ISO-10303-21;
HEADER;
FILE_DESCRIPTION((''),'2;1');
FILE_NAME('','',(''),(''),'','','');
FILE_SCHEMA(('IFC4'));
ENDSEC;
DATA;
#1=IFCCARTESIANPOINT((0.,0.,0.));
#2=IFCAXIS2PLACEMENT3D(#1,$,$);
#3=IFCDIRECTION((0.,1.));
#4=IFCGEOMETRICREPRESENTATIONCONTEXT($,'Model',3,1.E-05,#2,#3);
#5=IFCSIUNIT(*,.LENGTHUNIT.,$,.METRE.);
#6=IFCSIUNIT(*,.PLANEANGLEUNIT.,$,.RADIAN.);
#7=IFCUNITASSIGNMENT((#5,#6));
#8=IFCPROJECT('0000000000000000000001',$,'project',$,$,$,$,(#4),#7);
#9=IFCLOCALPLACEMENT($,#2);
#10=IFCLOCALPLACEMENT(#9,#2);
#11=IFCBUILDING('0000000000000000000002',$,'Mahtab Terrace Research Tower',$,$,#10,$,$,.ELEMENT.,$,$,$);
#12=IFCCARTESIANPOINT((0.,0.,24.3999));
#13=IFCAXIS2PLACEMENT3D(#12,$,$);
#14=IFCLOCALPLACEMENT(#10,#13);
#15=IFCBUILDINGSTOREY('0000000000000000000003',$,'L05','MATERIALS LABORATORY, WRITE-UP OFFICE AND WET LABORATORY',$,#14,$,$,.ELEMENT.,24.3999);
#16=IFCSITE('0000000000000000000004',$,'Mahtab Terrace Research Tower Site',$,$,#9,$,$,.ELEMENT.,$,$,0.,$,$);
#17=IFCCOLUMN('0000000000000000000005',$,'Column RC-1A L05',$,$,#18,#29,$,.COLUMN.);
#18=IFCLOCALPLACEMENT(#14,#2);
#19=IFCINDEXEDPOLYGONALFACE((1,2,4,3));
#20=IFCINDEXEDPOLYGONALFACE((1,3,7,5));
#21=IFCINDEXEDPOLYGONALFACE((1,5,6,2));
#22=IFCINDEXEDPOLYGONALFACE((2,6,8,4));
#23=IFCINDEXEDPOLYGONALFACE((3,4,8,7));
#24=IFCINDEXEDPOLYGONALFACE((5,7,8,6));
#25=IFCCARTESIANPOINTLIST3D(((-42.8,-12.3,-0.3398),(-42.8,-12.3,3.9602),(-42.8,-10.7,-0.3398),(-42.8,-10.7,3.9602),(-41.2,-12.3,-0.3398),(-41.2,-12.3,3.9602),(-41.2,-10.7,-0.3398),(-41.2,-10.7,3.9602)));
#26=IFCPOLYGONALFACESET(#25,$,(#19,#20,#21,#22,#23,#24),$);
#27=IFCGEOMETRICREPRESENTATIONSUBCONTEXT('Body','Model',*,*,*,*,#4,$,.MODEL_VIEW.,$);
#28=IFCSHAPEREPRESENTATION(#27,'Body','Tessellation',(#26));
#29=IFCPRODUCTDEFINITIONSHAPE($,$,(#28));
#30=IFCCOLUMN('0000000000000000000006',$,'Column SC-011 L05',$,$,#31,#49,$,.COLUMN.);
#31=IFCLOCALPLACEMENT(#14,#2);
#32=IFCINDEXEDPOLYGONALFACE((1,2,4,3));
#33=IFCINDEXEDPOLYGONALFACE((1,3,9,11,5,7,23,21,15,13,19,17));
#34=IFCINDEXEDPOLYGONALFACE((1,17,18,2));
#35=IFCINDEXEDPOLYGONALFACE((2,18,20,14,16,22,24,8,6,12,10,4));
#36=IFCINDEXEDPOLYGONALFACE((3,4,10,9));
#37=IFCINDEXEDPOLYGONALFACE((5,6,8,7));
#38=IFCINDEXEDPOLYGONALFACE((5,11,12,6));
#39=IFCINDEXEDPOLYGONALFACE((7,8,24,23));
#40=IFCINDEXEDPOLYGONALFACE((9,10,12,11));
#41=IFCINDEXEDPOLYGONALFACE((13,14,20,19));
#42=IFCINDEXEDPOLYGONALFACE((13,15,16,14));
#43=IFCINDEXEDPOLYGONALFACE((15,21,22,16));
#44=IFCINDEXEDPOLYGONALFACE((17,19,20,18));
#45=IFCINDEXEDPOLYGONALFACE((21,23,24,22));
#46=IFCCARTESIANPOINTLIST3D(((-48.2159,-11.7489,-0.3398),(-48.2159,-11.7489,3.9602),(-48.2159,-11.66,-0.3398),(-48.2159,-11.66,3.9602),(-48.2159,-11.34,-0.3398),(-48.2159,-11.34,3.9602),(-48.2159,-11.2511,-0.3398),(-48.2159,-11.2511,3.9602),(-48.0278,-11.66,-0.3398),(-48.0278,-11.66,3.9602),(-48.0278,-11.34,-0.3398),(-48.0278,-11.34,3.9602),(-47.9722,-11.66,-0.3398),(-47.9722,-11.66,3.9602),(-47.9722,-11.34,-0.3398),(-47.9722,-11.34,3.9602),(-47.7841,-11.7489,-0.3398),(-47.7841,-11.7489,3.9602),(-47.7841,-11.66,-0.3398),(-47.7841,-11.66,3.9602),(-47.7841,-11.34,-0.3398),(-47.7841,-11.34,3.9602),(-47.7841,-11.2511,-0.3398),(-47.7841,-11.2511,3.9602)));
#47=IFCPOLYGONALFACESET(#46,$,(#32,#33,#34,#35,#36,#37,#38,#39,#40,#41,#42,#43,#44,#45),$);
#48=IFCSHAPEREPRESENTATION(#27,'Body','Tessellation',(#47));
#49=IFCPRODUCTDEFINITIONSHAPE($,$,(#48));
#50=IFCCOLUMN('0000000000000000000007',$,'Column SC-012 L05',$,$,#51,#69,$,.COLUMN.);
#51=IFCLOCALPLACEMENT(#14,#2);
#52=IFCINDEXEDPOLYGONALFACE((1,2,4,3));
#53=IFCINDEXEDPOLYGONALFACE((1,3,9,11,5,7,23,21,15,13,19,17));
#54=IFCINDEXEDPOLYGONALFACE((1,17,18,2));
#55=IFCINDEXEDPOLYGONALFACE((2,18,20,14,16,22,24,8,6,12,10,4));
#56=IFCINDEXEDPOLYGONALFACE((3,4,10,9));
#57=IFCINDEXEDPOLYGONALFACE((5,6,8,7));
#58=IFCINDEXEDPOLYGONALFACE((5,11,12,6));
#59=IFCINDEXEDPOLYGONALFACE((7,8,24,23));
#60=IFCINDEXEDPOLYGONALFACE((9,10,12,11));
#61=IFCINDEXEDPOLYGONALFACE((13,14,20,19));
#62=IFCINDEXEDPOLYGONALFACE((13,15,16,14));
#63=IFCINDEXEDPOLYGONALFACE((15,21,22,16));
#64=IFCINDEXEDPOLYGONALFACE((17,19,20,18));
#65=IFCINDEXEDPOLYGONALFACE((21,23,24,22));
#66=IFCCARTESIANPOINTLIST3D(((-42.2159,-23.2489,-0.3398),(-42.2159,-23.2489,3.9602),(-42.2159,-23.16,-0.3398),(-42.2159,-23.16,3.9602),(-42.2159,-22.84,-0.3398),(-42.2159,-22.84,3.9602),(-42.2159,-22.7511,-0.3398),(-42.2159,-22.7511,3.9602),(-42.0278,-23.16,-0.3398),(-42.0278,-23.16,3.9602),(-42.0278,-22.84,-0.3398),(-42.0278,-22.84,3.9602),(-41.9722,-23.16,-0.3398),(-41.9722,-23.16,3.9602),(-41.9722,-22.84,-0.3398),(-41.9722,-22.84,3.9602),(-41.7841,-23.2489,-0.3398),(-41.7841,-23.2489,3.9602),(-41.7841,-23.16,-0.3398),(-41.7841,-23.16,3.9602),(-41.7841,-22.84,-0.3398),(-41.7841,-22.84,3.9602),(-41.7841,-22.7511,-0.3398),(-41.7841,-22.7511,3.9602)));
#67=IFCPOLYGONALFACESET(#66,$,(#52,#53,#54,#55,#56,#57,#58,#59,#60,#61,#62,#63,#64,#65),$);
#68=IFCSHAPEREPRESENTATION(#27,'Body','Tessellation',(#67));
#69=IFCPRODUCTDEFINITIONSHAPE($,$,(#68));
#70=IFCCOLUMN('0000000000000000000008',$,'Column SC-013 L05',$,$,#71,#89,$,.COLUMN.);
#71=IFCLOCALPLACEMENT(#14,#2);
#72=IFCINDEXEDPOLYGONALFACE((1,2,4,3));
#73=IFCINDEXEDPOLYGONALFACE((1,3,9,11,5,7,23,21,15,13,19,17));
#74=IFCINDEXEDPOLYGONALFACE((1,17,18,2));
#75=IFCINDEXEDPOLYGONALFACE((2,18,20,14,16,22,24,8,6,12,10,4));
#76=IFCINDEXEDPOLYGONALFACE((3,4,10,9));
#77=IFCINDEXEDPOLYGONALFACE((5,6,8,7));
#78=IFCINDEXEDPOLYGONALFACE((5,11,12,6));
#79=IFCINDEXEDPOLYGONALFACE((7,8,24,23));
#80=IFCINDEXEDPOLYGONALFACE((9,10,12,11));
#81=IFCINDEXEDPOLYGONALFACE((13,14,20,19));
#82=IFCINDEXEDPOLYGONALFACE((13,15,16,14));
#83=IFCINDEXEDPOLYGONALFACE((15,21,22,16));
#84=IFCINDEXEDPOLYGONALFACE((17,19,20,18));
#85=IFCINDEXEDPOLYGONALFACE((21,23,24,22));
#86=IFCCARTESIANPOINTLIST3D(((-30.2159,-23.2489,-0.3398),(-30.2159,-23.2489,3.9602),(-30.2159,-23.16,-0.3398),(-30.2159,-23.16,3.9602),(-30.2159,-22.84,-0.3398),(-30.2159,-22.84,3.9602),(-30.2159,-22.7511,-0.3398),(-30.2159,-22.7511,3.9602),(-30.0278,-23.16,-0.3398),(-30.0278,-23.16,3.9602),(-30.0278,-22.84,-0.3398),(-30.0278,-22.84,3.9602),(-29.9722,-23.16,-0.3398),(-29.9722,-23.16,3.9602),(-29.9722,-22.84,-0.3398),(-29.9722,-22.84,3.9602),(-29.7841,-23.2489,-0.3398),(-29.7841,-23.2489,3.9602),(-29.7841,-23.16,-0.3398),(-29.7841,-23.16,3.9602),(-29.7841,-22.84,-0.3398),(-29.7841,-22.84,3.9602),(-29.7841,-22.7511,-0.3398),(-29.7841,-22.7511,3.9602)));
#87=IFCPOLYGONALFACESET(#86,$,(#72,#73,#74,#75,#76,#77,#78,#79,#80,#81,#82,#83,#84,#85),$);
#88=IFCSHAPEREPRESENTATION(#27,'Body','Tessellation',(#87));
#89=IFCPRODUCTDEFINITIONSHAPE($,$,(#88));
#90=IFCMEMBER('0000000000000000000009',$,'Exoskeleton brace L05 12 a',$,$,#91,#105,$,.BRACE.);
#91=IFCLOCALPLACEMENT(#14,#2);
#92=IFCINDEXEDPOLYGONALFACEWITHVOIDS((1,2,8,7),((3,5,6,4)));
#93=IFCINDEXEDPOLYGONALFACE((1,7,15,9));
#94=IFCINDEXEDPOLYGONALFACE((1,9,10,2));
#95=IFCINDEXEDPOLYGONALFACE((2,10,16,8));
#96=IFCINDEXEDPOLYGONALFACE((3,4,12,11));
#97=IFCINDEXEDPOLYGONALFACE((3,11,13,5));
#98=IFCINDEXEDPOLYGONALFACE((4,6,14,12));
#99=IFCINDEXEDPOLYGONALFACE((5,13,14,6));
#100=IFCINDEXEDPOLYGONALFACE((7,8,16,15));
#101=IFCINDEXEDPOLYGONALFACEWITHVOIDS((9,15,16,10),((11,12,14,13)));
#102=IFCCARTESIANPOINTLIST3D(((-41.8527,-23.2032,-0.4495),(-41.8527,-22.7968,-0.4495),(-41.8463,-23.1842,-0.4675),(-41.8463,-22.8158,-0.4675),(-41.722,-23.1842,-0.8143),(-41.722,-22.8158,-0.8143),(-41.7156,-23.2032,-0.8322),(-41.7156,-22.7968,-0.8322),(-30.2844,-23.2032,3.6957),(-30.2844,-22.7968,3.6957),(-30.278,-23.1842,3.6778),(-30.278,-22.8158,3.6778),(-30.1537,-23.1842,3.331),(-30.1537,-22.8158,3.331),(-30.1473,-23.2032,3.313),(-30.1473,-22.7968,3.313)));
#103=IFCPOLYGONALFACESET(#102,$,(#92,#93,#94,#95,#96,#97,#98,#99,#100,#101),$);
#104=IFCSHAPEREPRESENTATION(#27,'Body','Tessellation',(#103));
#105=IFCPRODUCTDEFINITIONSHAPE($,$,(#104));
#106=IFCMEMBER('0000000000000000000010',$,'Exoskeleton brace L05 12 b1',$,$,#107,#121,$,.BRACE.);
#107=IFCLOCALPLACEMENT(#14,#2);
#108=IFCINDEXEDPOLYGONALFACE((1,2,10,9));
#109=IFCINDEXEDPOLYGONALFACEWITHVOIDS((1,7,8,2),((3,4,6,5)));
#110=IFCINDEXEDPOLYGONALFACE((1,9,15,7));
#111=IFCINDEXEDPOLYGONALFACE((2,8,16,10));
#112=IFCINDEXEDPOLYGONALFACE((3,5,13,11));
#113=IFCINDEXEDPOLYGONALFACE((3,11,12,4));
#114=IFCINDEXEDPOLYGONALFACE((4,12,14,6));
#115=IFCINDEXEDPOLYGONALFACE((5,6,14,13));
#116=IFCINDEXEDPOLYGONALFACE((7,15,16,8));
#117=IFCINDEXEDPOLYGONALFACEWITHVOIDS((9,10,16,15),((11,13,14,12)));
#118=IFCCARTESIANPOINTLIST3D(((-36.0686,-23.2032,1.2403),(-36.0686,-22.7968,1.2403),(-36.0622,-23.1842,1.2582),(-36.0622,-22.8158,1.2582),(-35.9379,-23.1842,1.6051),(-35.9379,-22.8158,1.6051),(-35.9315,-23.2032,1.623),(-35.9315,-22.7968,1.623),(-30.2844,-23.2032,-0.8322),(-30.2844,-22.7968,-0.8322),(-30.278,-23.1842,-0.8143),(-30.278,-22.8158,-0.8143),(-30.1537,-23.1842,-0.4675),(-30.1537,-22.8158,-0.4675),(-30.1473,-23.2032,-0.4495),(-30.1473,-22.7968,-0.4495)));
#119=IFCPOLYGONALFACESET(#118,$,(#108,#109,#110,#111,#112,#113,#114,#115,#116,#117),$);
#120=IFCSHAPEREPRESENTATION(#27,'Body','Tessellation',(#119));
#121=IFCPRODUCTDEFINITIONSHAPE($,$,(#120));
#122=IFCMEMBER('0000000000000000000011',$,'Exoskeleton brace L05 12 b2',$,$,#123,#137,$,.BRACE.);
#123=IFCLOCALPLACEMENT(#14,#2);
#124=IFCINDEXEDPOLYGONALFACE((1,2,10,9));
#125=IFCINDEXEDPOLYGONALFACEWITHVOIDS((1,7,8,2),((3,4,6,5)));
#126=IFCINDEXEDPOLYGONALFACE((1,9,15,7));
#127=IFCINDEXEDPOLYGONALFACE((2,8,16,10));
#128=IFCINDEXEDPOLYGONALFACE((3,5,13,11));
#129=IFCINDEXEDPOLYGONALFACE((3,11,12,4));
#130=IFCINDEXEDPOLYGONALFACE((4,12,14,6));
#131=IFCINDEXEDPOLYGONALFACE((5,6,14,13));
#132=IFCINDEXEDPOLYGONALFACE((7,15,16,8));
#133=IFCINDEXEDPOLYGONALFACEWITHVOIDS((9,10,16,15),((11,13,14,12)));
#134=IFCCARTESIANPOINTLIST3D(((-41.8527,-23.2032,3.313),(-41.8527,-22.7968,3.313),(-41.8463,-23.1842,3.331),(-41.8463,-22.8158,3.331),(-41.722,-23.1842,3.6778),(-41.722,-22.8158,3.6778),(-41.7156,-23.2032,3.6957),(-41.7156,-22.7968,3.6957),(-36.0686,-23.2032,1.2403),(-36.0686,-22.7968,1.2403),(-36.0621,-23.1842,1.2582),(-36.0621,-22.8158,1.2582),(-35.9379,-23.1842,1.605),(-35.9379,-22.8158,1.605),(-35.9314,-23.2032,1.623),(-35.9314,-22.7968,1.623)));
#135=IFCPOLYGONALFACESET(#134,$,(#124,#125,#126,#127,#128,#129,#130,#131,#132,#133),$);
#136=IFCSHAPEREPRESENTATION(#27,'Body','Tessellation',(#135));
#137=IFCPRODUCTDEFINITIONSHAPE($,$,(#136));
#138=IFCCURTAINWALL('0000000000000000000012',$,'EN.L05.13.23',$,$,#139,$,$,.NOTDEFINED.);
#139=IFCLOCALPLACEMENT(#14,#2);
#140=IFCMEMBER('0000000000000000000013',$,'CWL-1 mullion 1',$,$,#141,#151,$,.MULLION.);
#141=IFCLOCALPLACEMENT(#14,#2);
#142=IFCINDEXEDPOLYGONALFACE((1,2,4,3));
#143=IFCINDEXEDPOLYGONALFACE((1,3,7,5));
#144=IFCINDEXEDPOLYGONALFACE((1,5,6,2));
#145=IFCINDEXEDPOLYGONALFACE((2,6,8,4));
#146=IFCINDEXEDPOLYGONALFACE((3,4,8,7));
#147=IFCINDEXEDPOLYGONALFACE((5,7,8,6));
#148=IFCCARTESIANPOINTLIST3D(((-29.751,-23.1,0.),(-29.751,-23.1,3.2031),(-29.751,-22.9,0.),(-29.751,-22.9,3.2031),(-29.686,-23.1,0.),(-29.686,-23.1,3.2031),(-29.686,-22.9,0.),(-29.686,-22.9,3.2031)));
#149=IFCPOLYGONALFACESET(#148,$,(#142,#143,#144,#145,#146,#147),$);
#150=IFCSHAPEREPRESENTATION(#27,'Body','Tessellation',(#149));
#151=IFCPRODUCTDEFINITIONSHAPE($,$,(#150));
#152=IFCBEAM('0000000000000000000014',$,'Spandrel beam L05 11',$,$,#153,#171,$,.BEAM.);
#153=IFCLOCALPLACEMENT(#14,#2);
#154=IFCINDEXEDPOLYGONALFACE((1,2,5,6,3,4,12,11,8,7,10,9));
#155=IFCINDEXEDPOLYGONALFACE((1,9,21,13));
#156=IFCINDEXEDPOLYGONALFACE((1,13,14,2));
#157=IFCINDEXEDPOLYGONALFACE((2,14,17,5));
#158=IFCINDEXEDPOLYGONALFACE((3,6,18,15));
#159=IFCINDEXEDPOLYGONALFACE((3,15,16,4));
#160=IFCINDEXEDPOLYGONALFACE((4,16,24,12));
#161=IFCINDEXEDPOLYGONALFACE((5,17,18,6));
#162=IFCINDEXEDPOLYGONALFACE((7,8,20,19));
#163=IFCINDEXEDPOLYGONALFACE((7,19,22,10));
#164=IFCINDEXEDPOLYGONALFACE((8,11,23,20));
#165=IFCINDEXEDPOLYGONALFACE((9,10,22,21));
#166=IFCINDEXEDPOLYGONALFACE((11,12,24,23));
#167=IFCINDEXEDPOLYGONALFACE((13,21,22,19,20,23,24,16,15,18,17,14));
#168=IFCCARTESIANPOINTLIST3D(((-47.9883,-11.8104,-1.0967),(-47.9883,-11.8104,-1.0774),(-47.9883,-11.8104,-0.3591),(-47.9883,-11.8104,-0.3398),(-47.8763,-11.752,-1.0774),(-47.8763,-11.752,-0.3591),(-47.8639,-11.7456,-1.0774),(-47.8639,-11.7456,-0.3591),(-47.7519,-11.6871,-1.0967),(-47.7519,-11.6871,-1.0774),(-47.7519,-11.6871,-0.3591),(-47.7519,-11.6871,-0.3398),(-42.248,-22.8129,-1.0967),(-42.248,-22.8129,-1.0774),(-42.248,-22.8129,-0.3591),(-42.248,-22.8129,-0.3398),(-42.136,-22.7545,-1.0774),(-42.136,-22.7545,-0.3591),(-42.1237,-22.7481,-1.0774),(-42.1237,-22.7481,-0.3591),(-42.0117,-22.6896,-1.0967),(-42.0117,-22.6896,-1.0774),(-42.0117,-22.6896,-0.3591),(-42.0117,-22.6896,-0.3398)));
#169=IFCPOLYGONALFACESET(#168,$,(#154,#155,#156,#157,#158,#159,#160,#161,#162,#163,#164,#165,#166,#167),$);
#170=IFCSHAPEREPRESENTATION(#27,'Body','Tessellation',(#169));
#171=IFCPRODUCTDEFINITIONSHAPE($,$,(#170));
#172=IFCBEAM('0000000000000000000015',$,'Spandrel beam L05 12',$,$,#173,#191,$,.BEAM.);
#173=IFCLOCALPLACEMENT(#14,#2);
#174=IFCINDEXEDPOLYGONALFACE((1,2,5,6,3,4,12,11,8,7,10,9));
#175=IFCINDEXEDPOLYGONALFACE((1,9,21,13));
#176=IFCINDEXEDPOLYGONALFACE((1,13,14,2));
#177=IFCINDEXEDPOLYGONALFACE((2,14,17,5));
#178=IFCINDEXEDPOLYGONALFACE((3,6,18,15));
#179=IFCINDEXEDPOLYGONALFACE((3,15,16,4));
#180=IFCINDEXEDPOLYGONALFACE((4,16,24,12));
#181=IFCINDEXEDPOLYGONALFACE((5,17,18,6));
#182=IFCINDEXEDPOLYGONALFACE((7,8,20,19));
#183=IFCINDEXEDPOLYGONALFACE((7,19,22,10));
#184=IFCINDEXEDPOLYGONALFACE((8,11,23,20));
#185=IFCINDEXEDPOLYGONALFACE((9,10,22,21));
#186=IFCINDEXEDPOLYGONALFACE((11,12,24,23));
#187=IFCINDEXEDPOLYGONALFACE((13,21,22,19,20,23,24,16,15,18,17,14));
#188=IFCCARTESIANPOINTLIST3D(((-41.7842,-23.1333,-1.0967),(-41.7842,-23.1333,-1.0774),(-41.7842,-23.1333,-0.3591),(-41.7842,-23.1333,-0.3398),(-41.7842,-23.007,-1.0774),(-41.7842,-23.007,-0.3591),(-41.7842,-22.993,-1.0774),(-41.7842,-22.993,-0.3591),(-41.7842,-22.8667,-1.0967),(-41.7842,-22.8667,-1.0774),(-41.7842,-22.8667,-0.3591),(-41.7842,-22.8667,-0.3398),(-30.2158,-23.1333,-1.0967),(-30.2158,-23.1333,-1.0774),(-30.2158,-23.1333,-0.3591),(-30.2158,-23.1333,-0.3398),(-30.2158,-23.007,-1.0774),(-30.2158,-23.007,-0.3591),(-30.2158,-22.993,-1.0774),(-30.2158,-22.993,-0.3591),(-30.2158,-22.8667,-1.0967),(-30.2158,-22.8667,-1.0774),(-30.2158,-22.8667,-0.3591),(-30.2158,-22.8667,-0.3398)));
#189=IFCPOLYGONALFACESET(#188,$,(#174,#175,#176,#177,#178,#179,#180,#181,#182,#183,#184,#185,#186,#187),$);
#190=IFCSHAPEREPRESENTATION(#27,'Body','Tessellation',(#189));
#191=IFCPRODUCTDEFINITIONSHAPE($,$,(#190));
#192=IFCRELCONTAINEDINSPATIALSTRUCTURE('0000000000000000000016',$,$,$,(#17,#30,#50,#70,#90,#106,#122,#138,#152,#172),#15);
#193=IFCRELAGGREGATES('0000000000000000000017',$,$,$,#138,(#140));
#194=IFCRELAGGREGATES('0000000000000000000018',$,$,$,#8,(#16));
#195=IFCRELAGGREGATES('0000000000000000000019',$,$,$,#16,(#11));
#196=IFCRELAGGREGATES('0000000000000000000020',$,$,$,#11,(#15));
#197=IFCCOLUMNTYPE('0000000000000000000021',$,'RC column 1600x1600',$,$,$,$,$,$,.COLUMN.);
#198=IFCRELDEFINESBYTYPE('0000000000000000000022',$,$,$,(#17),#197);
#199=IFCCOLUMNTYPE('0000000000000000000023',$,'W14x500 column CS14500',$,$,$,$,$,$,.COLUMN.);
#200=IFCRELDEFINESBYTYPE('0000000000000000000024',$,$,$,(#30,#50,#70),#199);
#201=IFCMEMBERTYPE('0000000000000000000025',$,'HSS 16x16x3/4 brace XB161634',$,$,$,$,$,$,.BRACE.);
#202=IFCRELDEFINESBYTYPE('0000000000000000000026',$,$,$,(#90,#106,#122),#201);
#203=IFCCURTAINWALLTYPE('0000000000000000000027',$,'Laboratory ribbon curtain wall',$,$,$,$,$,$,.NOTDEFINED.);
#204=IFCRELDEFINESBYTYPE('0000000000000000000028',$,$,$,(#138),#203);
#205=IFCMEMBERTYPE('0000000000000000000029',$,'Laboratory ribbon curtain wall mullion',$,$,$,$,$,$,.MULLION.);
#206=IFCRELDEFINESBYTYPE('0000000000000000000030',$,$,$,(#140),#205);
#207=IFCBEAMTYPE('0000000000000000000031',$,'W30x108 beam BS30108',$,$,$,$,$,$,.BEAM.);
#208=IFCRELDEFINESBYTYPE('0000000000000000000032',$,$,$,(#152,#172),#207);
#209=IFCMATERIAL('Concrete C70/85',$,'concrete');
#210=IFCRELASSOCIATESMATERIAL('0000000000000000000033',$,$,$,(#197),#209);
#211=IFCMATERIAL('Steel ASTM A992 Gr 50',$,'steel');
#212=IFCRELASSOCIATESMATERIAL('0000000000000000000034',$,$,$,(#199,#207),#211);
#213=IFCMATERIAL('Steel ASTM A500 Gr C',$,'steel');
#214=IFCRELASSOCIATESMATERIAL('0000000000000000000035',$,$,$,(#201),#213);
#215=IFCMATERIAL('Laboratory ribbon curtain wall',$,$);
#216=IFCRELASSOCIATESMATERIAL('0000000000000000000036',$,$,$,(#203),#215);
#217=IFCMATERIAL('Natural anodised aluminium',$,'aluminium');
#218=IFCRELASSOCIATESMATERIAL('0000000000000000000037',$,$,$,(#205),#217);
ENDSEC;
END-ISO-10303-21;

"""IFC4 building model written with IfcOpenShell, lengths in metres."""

from ifc_helpers import new_model, si_unit, direction, frame, origin, origin_2d, place, context, subcontext, project, spatial, rectangle, hollow_rectangle, i_section, extrude, material, material_profile, profile_set, type_object, element, aggregate, save


model = new_model("IFC4")

# Units and contexts
model_context = context("Model", 3, precision=1e-05, world=origin(), true_north=direction((0.0, 1.0)))
body_context = subcontext(model_context, "Body", "Model", "MODEL_VIEW")
ifc_project = project(units=[si_unit("LENGTHUNIT", "METRE"), si_unit("PLANEANGLEUNIT", "RADIAN")], contexts=[model_context])

# Site, building, storey
site_placement = place(None, origin())
site = spatial("IfcSite", under=ifc_project, at=site_placement, Name="Mahtab Terrace Research Tower Site", CompositionType="ELEMENT", RefElevation=0.0)
building_placement = place(site_placement, origin())
building = spatial("IfcBuilding", under=site, at=building_placement, Name="Mahtab Terrace Research Tower", CompositionType="ELEMENT")
storey_placement = place(building_placement, frame((0.0, 0.0, 24.3999)))
storey = spatial("IfcBuildingStorey", under=building, at=storey_placement, Name="L05", Description="MATERIALS LABORATORY, WRITE-UP OFFICE AND WET LABORATORY", CompositionType="ELEMENT", Elevation=24.3999)

# Columns
ifc_material_1 = material(Name="Concrete C70/85", Category="concrete")
ifc_material_profile_1 = material_profile(ifc_material_1, rectangle(XDim=1.6001, YDim=1.6001, at=origin_2d()), Name="RC column 1600x1600")
ifc_profile_set_1 = profile_set([ifc_material_profile_1], Name="Concrete C70/85")
column_type_1 = type_object("IfcColumnType", Name="RC column 1600x1600", PredefinedType="COLUMN", material=ifc_profile_set_1)
column_placement = place(storey_placement, frame((-42.0, -11.5, -0.3398), z_axis=(0.0, 0.0, 1.0), x_axis=(1.0, 0.0, 0.0)))
element("IfcColumn", 1, at=column_placement, inside=storey, type_object=column_type_1, Name="Column RC-1A L05", PredefinedType="COLUMN", context=body_context, shape_type="SweptSolid", body=[
    extrude(rectangle(XDim=1.6001, YDim=1.6001, at=origin_2d()), origin(), (0.0, 0.0, 1.0), 4.3),
])
ifc_material_2 = material(Name="Steel ASTM A992 Gr 50", Category="steel")
ifc_material_profile_2 = material_profile(ifc_material_2, i_section(OverallWidth=0.4319, OverallDepth=0.4978, WebThickness=0.0557, FlangeThickness=0.0889, at=origin_2d()), Name="W14X500")
ifc_profile_set_2 = profile_set([ifc_material_profile_2], Name="Steel ASTM A992 Gr 50")
column_type_2 = type_object("IfcColumnType", Name="W14x500 column CS14500", PredefinedType="COLUMN", material=ifc_profile_set_2)
for number, where, z_axis, x_axis, name in (
    (2, (-48.0, -11.5, -0.3398), (0.0, 0.0, 1.0), (1.0, 0.0, 0.0), "Column SC-011 L05"),
    (3, (-42.0, -23.0, -0.3398), (0.0, 0.0, 1.0), (1.0, 0.0, 0.0), "Column SC-012 L05"),
    (4, (-30.0, -23.0, -0.3398), (0.0, 0.0, 1.0), (1.0, 0.0, 0.0), "Column SC-013 L05"),
):
    element("IfcColumn", number, at=place(storey_placement, frame(where, z_axis=z_axis, x_axis=x_axis)), inside=storey, type_object=column_type_2, Name=name, PredefinedType="COLUMN", context=body_context, shape_type="SweptSolid", body=[
        extrude(i_section(OverallWidth=0.4319, OverallDepth=0.4978, WebThickness=0.0557, FlangeThickness=0.0889, at=origin_2d()), origin(), (0.0, 0.0, 1.0), 4.3),
    ])

# Members
ifc_material_3 = material(Name="Steel ASTM A500 Gr C", Category="steel")
ifc_material_profile_3 = material_profile(ifc_material_3, hollow_rectangle(XDim=0.4065, YDim=0.4065, WallThickness=0.019, at=origin_2d()), Name="HSS16X16X3/4")
ifc_profile_set_3 = profile_set([ifc_material_profile_3], Name="Steel ASTM A500 Gr C")
member_type_1 = type_object("IfcMemberType", Name="HSS 16x16x3/4 brace XB161634", PredefinedType="BRACE", material=ifc_profile_set_3)
member_1_placement = place(storey_placement, frame((-41.7842, -23.0, -0.6409), z_axis=(0.941388, 0.0, 0.337325), x_axis=(0.0, 1.0, 0.0)))
element("IfcMember", 5, at=member_1_placement, inside=storey, type_object=member_type_1, Name="Exoskeleton brace L05 12 a", PredefinedType="BRACE", context=body_context, shape_type="SweptSolid", body=[
    extrude(hollow_rectangle(XDim=0.4065, YDim=0.4065, WallThickness=0.019, at=origin_2d()), origin(), (0.0, 0.0, 1.0), 12.2886),
])
for number, where, z_axis, x_axis, name in (
    (6, (-30.2158, -23.0, -0.6409), (-0.941394, 0.0, 0.337308), (0.0, -1.0, 0.0), "Exoskeleton brace L05 12 b1"),
    (7, (-36.0, -23.0, 1.4316), (-0.941382, 0.0, 0.337343), (0.0, -1.0, 0.0), "Exoskeleton brace L05 12 b2"),
):
    element("IfcMember", number, at=place(storey_placement, frame(where, z_axis=z_axis, x_axis=x_axis)), inside=storey, type_object=member_type_1, Name=name, PredefinedType="BRACE", context=body_context, shape_type="SweptSolid", body=[
        extrude(hollow_rectangle(XDim=0.4065, YDim=0.4065, WallThickness=0.019, at=origin_2d()), origin(), (0.0, 0.0, 1.0), 6.1443),
    ])

# Curtain wall, member
ifc_material_4 = material(Name="Laboratory ribbon curtain wall")
curtain_wall_type = type_object("IfcCurtainWallType", Name="Laboratory ribbon curtain wall", PredefinedType="NOTDEFINED", material=ifc_material_4)
curtain_wall_placement = place(storey_placement, origin())
curtain_wall = element("IfcCurtainWall", 8, at=curtain_wall_placement, inside=storey, type_object=curtain_wall_type, Name="EN.L05.13.23", PredefinedType="NOTDEFINED")
ifc_material_5 = material(Name="Natural anodised aluminium", Category="aluminium")
ifc_material_profile_4 = material_profile(ifc_material_5, rectangle(XDim=0.2, YDim=0.0649, at=origin_2d()), Name="MULLION 65x200")
ifc_profile_set_4 = profile_set([ifc_material_profile_4], Name="Natural anodised aluminium")
member_type_2 = type_object("IfcMemberType", Name="Laboratory ribbon curtain wall mullion", PredefinedType="MULLION", material=ifc_profile_set_4)
member_2_placement = place(storey_placement, frame((-29.7185, -23.0, 0.0), z_axis=(0.0, 0.0, 1.0), x_axis=(0.0, 1.0, 0.0)))
member_2 = element("IfcMember", 9, at=member_2_placement, type_object=member_type_2, Name="CWL-1 mullion 1", PredefinedType="MULLION", context=body_context, shape_type="SweptSolid", body=[
    extrude(rectangle(XDim=0.2, YDim=0.0649, at=origin_2d()), origin(), (0.0, 0.0, 1.0), 3.2031),
])
aggregate(curtain_wall, [member_2])

# Beams
ifc_material_profile_5 = material_profile(ifc_material_2, i_section(OverallWidth=0.2666, OverallDepth=0.7568, WebThickness=0.0139, FlangeThickness=0.0193, at=origin_2d()), Name="W30X108")
ifc_profile_set_5 = profile_set([ifc_material_profile_5], Name="Steel ASTM A992 Gr 50")
beam_type = type_object("IfcBeamType", Name="W30x108 beam BS30108", PredefinedType="BEAM", material=ifc_profile_set_5)
beam_placement = place(storey_placement, frame((-47.8701, -11.7488, -0.7183), z_axis=(0.462555, -0.88659, 0.0), x_axis=(0.88659, 0.462555, 0.0)))
element("IfcBeam", 10, at=beam_placement, inside=storey, type_object=beam_type, Name="Spandrel beam L05 11", PredefinedType="BEAM", context=body_context, shape_type="SweptSolid", body=[
    extrude(i_section(OverallWidth=0.2666, OverallDepth=0.7568, WebThickness=0.0139, FlangeThickness=0.0193, at=origin_2d()), origin(), (0.0, 0.0, 1.0), 12.4099),
])
for number, where, z_axis, x_axis, name in (
    (11, (-41.7842, -23.0, -0.7183), (1.0, 0.0, 0.0), (0.0, 1.0, 0.0), "Spandrel beam L05 12"),
):
    element("IfcBeam", number, at=place(storey_placement, frame(where, z_axis=z_axis, x_axis=x_axis)), inside=storey, type_object=beam_type, Name=name, PredefinedType="BEAM", context=body_context, shape_type="SweptSolid", body=[
        extrude(i_section(OverallWidth=0.2666, OverallDepth=0.7568, WebThickness=0.0139, FlangeThickness=0.0193, at=origin_2d()), origin(), (0.0, 0.0, 1.0), 11.5684),
    ])

save(model, "model.ifc")
